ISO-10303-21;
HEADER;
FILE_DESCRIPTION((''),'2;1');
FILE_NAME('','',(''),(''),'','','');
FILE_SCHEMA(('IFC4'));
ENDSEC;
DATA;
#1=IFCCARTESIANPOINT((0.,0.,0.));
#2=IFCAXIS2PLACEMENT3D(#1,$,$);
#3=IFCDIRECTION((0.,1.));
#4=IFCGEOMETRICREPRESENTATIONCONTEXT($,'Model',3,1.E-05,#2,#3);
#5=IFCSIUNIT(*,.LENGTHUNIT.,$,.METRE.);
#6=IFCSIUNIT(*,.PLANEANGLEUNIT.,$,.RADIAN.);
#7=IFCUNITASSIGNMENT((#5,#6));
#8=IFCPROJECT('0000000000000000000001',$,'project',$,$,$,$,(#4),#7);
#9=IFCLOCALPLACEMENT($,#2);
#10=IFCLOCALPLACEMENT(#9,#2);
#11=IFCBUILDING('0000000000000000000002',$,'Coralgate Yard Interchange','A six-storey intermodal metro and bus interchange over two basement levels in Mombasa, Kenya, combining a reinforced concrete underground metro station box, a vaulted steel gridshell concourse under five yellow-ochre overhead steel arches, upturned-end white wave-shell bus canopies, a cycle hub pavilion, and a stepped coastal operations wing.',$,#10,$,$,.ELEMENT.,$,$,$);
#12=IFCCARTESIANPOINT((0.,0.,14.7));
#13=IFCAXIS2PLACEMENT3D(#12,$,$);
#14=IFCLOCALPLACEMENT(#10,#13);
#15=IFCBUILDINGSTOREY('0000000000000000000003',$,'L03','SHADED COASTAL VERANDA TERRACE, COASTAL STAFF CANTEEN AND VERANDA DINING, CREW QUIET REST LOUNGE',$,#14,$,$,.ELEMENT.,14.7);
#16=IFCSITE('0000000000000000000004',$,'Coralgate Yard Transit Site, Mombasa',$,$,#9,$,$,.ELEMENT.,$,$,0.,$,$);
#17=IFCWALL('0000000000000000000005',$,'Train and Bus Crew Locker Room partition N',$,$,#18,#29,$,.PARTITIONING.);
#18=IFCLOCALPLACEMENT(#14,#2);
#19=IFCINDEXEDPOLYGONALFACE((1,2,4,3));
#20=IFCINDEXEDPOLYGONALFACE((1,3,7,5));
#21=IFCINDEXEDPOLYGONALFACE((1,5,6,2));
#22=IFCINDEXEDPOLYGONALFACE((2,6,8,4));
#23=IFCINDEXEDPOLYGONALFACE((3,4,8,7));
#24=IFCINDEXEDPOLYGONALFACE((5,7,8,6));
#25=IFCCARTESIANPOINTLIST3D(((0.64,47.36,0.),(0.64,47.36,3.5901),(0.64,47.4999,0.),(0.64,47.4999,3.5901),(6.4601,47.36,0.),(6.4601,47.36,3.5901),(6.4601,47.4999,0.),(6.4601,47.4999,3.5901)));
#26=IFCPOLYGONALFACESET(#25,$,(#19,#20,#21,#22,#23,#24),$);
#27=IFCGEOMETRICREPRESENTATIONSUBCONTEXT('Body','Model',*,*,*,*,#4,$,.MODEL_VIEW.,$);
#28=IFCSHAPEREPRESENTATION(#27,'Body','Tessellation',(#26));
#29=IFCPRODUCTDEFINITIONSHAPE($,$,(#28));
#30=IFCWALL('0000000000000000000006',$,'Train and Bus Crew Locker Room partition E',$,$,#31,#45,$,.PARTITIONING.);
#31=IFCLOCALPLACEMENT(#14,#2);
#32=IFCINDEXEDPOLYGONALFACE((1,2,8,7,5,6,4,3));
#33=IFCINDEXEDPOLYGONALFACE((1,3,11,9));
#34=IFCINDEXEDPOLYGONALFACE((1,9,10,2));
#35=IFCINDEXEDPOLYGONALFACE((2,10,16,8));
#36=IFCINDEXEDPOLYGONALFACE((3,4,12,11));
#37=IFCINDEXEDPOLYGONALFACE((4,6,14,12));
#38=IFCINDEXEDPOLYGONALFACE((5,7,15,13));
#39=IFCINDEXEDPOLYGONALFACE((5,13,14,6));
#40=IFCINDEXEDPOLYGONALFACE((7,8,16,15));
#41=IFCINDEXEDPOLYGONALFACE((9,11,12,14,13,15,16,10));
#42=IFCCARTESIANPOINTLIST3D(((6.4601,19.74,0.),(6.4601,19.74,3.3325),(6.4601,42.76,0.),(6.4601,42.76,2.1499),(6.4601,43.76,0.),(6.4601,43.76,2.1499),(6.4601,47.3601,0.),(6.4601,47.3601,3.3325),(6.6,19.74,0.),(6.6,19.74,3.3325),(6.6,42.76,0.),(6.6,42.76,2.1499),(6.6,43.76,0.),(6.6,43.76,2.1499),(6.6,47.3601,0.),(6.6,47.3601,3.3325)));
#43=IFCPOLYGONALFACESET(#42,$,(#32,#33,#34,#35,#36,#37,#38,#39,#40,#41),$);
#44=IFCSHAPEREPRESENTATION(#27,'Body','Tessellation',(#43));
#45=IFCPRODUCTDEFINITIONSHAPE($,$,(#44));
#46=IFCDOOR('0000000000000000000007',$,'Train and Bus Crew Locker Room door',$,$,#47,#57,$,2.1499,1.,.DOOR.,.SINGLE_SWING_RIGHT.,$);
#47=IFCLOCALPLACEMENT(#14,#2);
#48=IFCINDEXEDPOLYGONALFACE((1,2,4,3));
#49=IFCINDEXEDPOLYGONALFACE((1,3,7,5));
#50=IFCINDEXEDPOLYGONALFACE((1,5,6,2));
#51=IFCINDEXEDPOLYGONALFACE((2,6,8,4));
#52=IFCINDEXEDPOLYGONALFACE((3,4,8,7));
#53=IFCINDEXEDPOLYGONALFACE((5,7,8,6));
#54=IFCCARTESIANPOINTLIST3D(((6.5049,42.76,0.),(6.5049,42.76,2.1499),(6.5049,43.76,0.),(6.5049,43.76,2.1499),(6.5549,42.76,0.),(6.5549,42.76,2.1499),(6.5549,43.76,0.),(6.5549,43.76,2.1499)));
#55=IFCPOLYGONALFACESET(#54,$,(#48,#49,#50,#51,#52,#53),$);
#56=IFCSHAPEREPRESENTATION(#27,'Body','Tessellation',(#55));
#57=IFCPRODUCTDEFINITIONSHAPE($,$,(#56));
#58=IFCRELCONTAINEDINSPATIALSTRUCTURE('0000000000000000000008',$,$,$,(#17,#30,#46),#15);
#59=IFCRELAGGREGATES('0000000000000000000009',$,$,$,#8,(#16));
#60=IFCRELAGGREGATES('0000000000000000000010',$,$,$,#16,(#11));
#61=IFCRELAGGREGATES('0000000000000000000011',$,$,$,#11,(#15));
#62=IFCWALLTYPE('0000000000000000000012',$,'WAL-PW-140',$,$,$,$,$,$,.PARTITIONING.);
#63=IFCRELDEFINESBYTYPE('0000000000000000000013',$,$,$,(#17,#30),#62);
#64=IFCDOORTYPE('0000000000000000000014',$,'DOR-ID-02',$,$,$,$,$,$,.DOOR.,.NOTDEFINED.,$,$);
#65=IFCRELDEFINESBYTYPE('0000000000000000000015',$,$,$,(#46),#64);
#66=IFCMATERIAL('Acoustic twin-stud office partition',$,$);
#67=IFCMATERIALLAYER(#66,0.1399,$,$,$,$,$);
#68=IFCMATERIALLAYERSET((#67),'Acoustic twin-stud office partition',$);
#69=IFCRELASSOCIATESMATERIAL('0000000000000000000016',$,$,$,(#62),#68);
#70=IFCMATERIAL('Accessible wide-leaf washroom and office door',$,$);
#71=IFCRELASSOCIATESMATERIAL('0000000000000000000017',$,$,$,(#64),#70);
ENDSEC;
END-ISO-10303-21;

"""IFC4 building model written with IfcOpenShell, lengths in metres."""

from ifc_helpers import new_model, si_unit, direction, frame, frame_2d, origin, place, context, subcontext, project, spatial, rectangle, extrude, material, layer, layer_set, type_object, element, fill, save


model = new_model("IFC4")

# Units and contexts
model_context = context("Model", 3, precision=1e-05, world=origin(), true_north=direction((0.0, 1.0)))
body_context = subcontext(model_context, "Body", "Model", "MODEL_VIEW")
ifc_project = project(units=[si_unit("LENGTHUNIT", "METRE"), si_unit("PLANEANGLEUNIT", "RADIAN")], contexts=[model_context])

# Site, building, storey
site_placement = place(None, origin())
site = spatial("IfcSite", under=ifc_project, at=site_placement, Name="Coralgate Yard Transit Site, Mombasa", CompositionType="ELEMENT", RefElevation=0.0)
building_placement = place(site_placement, origin())
building = spatial("IfcBuilding", under=site, at=building_placement, Name="Coralgate Yard Interchange", Description="A six-storey intermodal metro and bus interchange over two basement levels in Mombasa, Kenya, combining a reinforced concrete underground metro station box, a vaulted steel gridshell concourse under five yellow-ochre overhead steel arches, upturned-end white wave-shell bus canopies, a cycle hub pavilion, and a stepped coastal operations wing.", CompositionType="ELEMENT")
storey_placement = place(building_placement, frame((0.0, 0.0, 14.7)))
storey = spatial("IfcBuildingStorey", under=building, at=storey_placement, Name="L03", Description="SHADED COASTAL VERANDA TERRACE, COASTAL STAFF CANTEEN AND VERANDA DINING, CREW QUIET REST LOUNGE", CompositionType="ELEMENT", Elevation=14.7)

# Wall
ifc_material_1 = material(Name="Acoustic twin-stud office partition")
ifc_layer_1 = layer(ifc_material_1, 0.1399)
ifc_layer_set_1 = layer_set([ifc_layer_1], Name="Acoustic twin-stud office partition")
wall_type_1 = type_object("IfcWallType", Name="WAL-PW-140", PredefinedType="PARTITIONING", material=ifc_layer_set_1)
wall_1_placement = place(storey_placement, frame((0.6399, 47.4299, 0.0), z_axis=(0.0, 0.0, 1.0), x_axis=(1.0, 0.0, 0.0)))
element("IfcWall", 1, at=wall_1_placement, inside=storey, type_object=wall_type_1, Name="Train and Bus Crew Locker Room partition N", PredefinedType="PARTITIONING", context=body_context, shape_type="SweptSolid", body=[
    extrude(rectangle(XDim=5.8201, YDim=0.1399, at=frame_2d((2.9102, 0.0))), origin(), (0.0, 0.0, 1.0), 3.5901),
])

# Wall, opening, door
wall_2_placement = place(storey_placement, frame((6.53, 47.3601, 0.0), z_axis=(0.0, 0.0, 1.0), x_axis=(0.0, -1.0, 0.0)))
wall_2 = element("IfcWall", 2, at=wall_2_placement, inside=storey, type_object=wall_type_1, Name="Train and Bus Crew Locker Room partition E", PredefinedType="PARTITIONING", context=body_context, shape_type="SweptSolid", body=[
    extrude(rectangle(XDim=27.6201, YDim=0.1399, at=frame_2d((13.8101, 0.0))), origin(), (0.0, 0.0, 1.0), 3.3325),
])
opening_1_placement = place(wall_2_placement, frame((3.6001, 0.0, 0.0)))
opening_1 = element("IfcOpeningElement", 3, at=opening_1_placement, cuts=wall_2, PredefinedType="OPENING", context=body_context, shape_type="SweptSolid", body=[
    extrude(rectangle(XDim=1.0, YDim=2.1499, at=frame_2d((0.5, 1.075))), frame((0.0, 0.0798, 0.0), z_axis=(0.0, -1.0, 0.0), x_axis=(1.0, 0.0, 0.0)), (0.0, 0.0, 1.0), 0.1599),
])
ifc_material_2 = material(Name="Accessible wide-leaf washroom and office door")
door_type = type_object("IfcDoorType", Name="DOR-ID-02", OperationType="NOTDEFINED", PredefinedType="DOOR", material=ifc_material_2)
door_placement = place(opening_1_placement, origin())
door = element("IfcDoor", 4, at=door_placement, inside=storey, type_object=door_type, Name="Train and Bus Crew Locker Room door", OperationType="SINGLE_SWING_RIGHT", OverallHeight=2.1499, OverallWidth=1.0, PredefinedType="DOOR", context=body_context, shape_type="SweptSolid", body=[
    extrude(rectangle(XDim=1.0, YDim=2.1499, at=frame_2d((0.5, 1.075))), frame((0.0, 0.0249, 0.0), z_axis=(0.0, -1.0, 0.0), x_axis=(1.0, 0.0, 0.0)), (0.0, 0.0, 1.0), 0.05),
])
fill(opening_1, door)

save(model, "model.ifc")
